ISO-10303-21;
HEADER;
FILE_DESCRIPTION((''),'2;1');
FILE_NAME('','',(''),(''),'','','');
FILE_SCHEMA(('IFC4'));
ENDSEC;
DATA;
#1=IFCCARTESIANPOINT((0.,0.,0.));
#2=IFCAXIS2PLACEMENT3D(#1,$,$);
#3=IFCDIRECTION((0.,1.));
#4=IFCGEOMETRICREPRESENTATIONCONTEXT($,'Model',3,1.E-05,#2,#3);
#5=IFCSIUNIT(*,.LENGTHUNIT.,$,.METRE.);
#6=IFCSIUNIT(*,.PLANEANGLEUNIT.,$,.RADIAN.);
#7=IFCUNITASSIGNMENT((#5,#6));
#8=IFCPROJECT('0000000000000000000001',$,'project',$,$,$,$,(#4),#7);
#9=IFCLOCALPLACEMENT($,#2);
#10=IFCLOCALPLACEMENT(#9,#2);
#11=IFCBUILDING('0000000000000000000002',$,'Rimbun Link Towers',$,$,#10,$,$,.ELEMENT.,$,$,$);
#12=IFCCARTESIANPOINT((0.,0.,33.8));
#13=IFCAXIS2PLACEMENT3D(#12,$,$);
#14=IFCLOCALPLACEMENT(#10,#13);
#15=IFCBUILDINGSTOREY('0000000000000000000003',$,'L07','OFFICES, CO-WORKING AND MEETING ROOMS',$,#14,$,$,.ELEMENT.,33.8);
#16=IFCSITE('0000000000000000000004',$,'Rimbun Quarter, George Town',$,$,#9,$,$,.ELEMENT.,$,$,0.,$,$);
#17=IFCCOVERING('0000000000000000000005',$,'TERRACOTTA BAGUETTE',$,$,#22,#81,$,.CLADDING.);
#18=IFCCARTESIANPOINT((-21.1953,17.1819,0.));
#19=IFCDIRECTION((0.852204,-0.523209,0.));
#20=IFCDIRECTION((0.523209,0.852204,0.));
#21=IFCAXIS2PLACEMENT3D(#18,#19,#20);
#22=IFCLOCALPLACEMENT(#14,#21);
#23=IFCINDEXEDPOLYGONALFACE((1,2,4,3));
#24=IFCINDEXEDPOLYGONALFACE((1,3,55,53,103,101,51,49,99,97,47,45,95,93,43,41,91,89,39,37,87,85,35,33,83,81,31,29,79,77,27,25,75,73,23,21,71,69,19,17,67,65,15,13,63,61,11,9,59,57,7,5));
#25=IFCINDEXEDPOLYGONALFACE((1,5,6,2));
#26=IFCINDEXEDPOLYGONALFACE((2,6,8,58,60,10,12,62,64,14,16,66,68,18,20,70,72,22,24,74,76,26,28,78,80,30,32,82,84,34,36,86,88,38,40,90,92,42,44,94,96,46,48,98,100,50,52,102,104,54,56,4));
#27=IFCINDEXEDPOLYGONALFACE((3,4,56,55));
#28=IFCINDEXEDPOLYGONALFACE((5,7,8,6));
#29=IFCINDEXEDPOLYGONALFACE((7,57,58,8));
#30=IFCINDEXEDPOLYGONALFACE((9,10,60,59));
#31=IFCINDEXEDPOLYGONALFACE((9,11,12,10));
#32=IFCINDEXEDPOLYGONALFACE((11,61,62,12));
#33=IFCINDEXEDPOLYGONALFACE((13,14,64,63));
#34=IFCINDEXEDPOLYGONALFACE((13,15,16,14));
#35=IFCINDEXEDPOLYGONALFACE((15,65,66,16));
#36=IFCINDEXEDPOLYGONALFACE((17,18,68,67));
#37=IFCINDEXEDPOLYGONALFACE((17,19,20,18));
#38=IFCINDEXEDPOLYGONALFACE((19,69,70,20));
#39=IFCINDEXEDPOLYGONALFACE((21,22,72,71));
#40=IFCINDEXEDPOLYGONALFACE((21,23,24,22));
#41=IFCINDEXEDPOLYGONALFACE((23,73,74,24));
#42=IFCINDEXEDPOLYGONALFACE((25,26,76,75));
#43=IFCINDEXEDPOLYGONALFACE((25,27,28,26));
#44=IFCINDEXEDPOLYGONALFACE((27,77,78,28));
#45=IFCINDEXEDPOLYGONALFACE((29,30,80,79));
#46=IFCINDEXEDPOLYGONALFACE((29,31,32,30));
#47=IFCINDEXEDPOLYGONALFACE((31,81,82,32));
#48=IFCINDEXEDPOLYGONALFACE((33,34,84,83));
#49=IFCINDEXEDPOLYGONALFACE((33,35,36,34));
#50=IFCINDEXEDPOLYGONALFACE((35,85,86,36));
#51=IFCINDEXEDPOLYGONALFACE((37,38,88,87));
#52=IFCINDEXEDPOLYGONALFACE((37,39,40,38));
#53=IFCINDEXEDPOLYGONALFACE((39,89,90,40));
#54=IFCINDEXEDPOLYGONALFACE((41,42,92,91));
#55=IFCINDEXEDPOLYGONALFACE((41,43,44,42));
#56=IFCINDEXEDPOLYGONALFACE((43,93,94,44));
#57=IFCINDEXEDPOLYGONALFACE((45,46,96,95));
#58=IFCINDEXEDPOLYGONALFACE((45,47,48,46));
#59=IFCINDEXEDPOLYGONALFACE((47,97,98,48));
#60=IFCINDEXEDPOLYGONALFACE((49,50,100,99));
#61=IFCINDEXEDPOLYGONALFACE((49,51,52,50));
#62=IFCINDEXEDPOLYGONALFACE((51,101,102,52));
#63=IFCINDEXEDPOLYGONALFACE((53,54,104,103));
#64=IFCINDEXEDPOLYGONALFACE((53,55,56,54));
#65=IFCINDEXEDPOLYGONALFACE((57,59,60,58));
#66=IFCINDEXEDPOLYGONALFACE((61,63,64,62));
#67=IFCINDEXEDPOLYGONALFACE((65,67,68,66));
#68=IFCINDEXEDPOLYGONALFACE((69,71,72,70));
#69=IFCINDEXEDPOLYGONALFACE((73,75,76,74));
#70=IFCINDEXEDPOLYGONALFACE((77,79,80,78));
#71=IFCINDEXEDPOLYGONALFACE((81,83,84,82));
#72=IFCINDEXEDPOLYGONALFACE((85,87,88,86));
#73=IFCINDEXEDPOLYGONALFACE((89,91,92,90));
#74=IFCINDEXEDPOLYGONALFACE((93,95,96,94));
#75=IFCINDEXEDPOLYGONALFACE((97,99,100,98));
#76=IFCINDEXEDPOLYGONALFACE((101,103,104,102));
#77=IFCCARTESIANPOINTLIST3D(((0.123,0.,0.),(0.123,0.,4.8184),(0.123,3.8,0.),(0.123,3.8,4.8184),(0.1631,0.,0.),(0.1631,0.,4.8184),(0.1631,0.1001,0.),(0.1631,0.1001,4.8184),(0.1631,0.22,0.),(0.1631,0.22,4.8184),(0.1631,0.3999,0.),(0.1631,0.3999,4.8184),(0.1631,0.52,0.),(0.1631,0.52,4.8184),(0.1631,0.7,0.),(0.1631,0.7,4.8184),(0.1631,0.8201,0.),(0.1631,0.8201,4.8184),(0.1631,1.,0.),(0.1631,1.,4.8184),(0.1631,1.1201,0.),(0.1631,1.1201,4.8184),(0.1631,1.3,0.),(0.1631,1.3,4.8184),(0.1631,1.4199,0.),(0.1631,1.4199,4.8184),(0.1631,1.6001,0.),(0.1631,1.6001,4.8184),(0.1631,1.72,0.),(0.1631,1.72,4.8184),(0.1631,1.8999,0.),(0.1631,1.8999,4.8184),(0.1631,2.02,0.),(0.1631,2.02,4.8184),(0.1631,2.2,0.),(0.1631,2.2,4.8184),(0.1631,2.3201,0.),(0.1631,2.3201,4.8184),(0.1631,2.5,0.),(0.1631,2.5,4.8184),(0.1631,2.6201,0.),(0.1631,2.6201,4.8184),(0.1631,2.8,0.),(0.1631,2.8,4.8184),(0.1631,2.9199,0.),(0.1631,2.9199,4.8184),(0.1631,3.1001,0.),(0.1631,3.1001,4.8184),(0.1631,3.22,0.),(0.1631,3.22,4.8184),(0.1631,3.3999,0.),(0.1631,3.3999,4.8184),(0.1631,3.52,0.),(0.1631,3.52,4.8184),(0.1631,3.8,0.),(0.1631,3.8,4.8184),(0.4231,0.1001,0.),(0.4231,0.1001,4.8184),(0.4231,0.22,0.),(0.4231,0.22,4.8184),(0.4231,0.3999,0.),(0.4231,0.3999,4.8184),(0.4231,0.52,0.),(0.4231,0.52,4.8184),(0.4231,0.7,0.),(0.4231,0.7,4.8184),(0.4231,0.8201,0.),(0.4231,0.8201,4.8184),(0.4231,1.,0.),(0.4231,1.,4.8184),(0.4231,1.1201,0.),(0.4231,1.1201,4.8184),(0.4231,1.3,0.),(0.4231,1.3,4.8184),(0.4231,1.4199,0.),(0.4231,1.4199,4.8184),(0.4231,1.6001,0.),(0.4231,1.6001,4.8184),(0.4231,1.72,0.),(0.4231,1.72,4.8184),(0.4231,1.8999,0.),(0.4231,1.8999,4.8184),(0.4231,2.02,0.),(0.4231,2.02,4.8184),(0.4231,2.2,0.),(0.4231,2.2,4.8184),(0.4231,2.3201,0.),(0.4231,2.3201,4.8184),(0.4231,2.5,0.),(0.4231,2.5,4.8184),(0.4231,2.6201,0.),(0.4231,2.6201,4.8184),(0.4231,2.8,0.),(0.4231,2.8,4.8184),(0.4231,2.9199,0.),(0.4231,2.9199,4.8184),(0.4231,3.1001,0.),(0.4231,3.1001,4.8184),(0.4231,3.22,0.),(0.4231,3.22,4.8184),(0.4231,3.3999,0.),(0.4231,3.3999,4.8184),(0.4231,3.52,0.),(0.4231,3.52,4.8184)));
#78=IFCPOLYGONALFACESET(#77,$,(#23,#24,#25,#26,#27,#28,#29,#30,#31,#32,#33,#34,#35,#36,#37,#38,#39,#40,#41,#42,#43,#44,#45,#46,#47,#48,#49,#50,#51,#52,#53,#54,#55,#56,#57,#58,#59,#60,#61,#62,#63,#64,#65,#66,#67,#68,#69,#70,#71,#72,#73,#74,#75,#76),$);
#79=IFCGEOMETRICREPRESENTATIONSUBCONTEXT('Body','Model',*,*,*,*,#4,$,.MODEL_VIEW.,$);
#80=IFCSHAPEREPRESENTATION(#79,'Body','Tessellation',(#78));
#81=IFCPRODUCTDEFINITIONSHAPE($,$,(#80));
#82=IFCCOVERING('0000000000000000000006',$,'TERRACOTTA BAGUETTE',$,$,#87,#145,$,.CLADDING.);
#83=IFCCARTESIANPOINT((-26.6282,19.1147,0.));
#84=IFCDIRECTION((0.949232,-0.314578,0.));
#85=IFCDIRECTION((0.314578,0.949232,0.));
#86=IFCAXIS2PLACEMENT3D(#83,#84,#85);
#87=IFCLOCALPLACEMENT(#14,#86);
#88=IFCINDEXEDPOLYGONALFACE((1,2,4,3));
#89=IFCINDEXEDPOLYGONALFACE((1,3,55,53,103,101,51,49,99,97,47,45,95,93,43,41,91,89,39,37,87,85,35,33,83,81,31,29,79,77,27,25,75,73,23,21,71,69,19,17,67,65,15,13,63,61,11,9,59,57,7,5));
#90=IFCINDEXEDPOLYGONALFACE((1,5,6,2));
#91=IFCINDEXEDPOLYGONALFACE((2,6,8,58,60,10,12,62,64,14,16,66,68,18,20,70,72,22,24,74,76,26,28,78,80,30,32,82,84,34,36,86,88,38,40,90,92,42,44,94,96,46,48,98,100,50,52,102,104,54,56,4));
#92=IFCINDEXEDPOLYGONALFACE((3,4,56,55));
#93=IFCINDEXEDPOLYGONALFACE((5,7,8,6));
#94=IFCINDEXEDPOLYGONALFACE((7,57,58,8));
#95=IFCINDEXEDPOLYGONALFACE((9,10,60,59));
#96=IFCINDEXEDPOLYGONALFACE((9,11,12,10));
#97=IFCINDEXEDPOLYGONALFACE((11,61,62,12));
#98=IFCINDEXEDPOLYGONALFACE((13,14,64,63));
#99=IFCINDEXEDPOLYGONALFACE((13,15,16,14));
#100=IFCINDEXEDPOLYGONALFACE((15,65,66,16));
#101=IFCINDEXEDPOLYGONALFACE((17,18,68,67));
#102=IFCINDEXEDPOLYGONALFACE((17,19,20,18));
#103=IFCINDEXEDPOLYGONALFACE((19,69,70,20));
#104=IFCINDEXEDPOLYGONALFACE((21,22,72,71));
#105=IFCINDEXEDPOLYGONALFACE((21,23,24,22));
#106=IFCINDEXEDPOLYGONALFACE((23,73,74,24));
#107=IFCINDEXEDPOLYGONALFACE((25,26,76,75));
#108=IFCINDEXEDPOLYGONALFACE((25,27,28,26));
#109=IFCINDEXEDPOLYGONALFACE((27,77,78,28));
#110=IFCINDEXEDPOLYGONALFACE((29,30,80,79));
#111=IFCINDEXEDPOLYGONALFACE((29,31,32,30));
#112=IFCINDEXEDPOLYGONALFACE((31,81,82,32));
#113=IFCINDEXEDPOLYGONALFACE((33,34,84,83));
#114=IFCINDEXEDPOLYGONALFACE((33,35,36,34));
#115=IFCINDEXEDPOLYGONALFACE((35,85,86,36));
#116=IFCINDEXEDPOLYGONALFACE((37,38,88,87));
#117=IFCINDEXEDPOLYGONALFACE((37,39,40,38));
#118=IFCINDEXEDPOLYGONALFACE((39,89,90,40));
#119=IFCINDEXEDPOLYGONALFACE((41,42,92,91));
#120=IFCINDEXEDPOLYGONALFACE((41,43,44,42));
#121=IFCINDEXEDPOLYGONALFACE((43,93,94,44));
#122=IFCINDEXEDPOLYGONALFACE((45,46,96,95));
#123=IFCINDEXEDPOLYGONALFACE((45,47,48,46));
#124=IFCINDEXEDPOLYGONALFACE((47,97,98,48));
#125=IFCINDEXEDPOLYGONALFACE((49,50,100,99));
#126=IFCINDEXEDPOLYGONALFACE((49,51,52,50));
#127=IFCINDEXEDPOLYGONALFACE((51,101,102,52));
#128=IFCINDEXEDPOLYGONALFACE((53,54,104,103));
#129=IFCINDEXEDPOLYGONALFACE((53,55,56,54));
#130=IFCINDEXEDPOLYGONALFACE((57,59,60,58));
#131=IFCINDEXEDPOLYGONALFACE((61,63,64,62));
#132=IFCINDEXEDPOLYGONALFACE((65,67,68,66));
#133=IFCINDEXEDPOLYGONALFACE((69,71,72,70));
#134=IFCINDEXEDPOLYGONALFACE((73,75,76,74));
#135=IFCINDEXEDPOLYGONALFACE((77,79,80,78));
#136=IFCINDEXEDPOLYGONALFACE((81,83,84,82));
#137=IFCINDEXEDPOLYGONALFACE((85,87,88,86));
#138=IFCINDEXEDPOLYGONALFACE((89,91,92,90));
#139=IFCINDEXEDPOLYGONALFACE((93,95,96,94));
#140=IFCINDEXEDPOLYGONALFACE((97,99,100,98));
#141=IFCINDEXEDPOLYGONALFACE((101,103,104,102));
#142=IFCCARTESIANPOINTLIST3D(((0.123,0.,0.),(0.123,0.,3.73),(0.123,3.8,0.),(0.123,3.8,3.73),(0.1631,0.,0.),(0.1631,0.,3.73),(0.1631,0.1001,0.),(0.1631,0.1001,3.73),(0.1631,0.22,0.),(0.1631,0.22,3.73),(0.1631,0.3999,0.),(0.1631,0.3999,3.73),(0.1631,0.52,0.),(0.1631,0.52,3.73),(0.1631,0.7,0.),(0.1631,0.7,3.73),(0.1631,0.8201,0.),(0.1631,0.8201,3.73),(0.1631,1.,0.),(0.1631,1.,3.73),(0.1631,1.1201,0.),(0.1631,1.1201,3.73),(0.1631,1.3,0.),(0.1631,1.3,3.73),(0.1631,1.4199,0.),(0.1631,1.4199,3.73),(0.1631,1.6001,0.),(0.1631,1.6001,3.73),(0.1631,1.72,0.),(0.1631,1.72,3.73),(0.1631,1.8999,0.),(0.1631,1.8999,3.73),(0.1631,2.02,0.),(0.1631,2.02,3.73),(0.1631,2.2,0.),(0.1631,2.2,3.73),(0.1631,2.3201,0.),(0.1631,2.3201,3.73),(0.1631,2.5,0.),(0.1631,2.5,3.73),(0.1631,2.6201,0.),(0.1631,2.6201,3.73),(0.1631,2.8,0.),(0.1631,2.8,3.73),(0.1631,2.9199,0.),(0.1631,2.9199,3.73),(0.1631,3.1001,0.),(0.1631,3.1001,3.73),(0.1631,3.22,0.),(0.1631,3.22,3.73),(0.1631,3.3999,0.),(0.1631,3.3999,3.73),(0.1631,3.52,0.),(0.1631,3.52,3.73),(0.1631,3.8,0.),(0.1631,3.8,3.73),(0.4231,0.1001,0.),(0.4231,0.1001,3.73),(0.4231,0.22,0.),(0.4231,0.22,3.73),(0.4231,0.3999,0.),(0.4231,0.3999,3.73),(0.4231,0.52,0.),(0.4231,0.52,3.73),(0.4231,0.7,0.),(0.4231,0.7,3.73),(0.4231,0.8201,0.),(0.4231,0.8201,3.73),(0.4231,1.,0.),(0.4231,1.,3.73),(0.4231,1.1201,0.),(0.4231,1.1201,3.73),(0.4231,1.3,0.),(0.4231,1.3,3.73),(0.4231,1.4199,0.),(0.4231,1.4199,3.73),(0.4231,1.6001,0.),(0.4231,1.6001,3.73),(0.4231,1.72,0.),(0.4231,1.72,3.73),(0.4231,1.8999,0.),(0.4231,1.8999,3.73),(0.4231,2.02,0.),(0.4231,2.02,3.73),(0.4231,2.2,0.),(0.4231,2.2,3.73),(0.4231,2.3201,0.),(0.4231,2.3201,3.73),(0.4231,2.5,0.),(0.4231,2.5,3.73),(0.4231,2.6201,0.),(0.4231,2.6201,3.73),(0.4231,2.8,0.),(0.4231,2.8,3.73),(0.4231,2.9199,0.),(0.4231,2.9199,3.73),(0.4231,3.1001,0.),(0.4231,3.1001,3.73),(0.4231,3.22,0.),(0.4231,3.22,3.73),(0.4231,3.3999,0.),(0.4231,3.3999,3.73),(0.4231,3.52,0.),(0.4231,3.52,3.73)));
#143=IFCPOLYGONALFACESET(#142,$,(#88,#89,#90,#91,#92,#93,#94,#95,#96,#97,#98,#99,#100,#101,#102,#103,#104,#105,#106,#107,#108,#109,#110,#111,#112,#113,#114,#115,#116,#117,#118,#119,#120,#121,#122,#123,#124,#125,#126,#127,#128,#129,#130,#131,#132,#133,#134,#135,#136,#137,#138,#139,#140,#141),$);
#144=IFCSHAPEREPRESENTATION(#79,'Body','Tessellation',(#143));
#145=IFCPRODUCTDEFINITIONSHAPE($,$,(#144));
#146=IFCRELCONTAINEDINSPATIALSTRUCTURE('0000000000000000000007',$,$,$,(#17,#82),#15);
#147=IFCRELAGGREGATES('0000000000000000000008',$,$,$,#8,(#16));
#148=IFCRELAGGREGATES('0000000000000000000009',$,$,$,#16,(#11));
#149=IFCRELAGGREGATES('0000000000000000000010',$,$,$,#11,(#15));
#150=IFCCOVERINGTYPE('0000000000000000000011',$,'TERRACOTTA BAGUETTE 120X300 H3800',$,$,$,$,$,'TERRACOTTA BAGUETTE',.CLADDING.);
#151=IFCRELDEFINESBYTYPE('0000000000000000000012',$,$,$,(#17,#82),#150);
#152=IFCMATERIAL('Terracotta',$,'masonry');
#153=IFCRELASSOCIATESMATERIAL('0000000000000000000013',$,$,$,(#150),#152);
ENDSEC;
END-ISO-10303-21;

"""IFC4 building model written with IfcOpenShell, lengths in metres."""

from ifc_helpers import new_model, si_unit, direction, frame, origin, place, context, subcontext, project, spatial, polyline, outline, extrude, material, material_profile, profile_set, type_object, element, save


model = new_model("IFC4")

# Units and contexts
model_context = context("Model", 3, precision=1e-05, world=origin(), true_north=direction((0.0, 1.0)))
body_context = subcontext(model_context, "Body", "Model", "MODEL_VIEW")
ifc_project = project(units=[si_unit("LENGTHUNIT", "METRE"), si_unit("PLANEANGLEUNIT", "RADIAN")], contexts=[model_context])

# Site, building, storey
site_placement = place(None, origin())
site = spatial("IfcSite", under=ifc_project, at=site_placement, Name="Rimbun Quarter, George Town", CompositionType="ELEMENT", RefElevation=0.0)
building_placement = place(site_placement, origin())
building = spatial("IfcBuilding", under=site, at=building_placement, Name="Rimbun Link Towers", CompositionType="ELEMENT")
storey_placement = place(building_placement, frame((0.0, 0.0, 33.8)))
storey = spatial("IfcBuildingStorey", under=building, at=storey_placement, Name="L07", Description="OFFICES, CO-WORKING AND MEETING ROOMS", CompositionType="ELEMENT", Elevation=33.8)

# Coverings
ifc_material_1 = material(Name="Terracotta", Category="masonry")
ifc_material_profile_1 = material_profile(ifc_material_1, outline(polyline([(0.123, 0.0), (0.1631, 0.0), (0.1631, 0.1001), (0.4231, 0.1001), (0.4231, 0.22), (0.1631, 0.22), (0.1631, 0.3999), (0.4231, 0.3999), (0.4231, 0.52), (0.1631, 0.52), (0.1631, 0.7), (0.4231, 0.7), (0.4231, 0.8201), (0.1631, 0.8201), (0.1631, 1.0), (0.4231, 1.0), (0.4231, 1.1201), (0.1631, 1.1201), (0.1631, 1.3), (0.4231, 1.3), (0.4231, 1.4199), (0.1631, 1.4199), (0.1631, 1.6001), (0.4231, 1.6001), (0.4231, 1.72), (0.1631, 1.72), (0.1631, 1.8999), (0.4231, 1.8999), (0.4231, 2.02), (0.1631, 2.02), (0.1631, 2.2), (0.4231, 2.2), (0.4231, 2.3201), (0.1631, 2.3201), (0.1631, 2.5), (0.4231, 2.5), (0.4231, 2.6201), (0.1631, 2.6201), (0.1631, 2.8), (0.4231, 2.8), (0.4231, 2.9199), (0.1631, 2.9199), (0.1631, 3.1001), (0.4231, 3.1001), (0.4231, 3.22), (0.1631, 3.22), (0.1631, 3.3999), (0.4231, 3.3999), (0.4231, 3.52), (0.1631, 3.52), (0.1631, 3.8), (0.123, 3.8), (0.123, 0.0)])), Name="BAGUETTE 120X300")
ifc_profile_set_1 = profile_set([ifc_material_profile_1], Name="Terracotta")
covering_type = type_object("IfcCoveringType", Name="TERRACOTTA BAGUETTE 120X300 H3800", ElementType="TERRACOTTA BAGUETTE", PredefinedType="CLADDING", material=ifc_profile_set_1)
covering_1_placement = place(storey_placement, frame((-21.1953, 17.1819, 0.0), z_axis=(0.852204, -0.523209, 0.0), x_axis=(0.523209, 0.852204, 0.0)))
element("IfcCovering", 1, at=covering_1_placement, inside=storey, type_object=covering_type, Name="TERRACOTTA BAGUETTE", PredefinedType="CLADDING", context=body_context, shape_type="SweptSolid", body=[
    extrude(outline(polyline([(0.123, 0.0), (0.1631, 0.0), (0.1631, 0.1001), (0.4231, 0.1001), (0.4231, 0.22), (0.1631, 0.22), (0.1631, 0.3999), (0.4231, 0.3999), (0.4231, 0.52), (0.1631, 0.52), (0.1631, 0.7), (0.4231, 0.7), (0.4231, 0.8201), (0.1631, 0.8201), (0.1631, 1.0), (0.4231, 1.0), (0.4231, 1.1201), (0.1631, 1.1201), (0.1631, 1.3), (0.4231, 1.3), (0.4231, 1.4199), (0.1631, 1.4199), (0.1631, 1.6001), (0.4231, 1.6001), (0.4231, 1.72), (0.1631, 1.72), (0.1631, 1.8999), (0.4231, 1.8999), (0.4231, 2.02), (0.1631, 2.02), (0.1631, 2.2), (0.4231, 2.2), (0.4231, 2.3201), (0.1631, 2.3201), (0.1631, 2.5), (0.4231, 2.5), (0.4231, 2.6201), (0.1631, 2.6201), (0.1631, 2.8), (0.4231, 2.8), (0.4231, 2.9199), (0.1631, 2.9199), (0.1631, 3.1001), (0.4231, 3.1001), (0.4231, 3.22), (0.1631, 3.22), (0.1631, 3.3999), (0.4231, 3.3999), (0.4231, 3.52), (0.1631, 3.52), (0.1631, 3.8), (0.123, 3.8), (0.123, 0.0)])), origin(), (0.0, 0.0, 1.0), 4.8184),
])
covering_2_placement = place(storey_placement, frame((-26.6282, 19.1147, 0.0), z_axis=(0.949232, -0.314578, 0.0), x_axis=(0.314578, 0.949232, 0.0)))
element("IfcCovering", 2, at=covering_2_placement, inside=storey, type_object=covering_type, Name="TERRACOTTA BAGUETTE", PredefinedType="CLADDING", context=body_context, shape_type="SweptSolid", body=[
    extrude(outline(polyline([(0.123, 0.0), (0.1631, 0.0), (0.1631, 0.1001), (0.4231, 0.1001), (0.4231, 0.22), (0.1631, 0.22), (0.1631, 0.3999), (0.4231, 0.3999), (0.4231, 0.52), (0.1631, 0.52), (0.1631, 0.7), (0.4231, 0.7), (0.4231, 0.8201), (0.1631, 0.8201), (0.1631, 1.0), (0.4231, 1.0), (0.4231, 1.1201), (0.1631, 1.1201), (0.1631, 1.3), (0.4231, 1.3), (0.4231, 1.4199), (0.1631, 1.4199), (0.1631, 1.6001), (0.4231, 1.6001), (0.4231, 1.72), (0.1631, 1.72), (0.1631, 1.8999), (0.4231, 1.8999), (0.4231, 2.02), (0.1631, 2.02), (0.1631, 2.2), (0.4231, 2.2), (0.4231, 2.3201), (0.1631, 2.3201), (0.1631, 2.5), (0.4231, 2.5), (0.4231, 2.6201), (0.1631, 2.6201), (0.1631, 2.8), (0.4231, 2.8), (0.4231, 2.9199), (0.1631, 2.9199), (0.1631, 3.1001), (0.4231, 3.1001), (0.4231, 3.22), (0.1631, 3.22), (0.1631, 3.3999), (0.4231, 3.3999), (0.4231, 3.52), (0.1631, 3.52), (0.1631, 3.8), (0.123, 3.8), (0.123, 0.0)])), origin(), (0.0, 0.0, 1.0), 3.73),
])

save(model, "model.ifc")
